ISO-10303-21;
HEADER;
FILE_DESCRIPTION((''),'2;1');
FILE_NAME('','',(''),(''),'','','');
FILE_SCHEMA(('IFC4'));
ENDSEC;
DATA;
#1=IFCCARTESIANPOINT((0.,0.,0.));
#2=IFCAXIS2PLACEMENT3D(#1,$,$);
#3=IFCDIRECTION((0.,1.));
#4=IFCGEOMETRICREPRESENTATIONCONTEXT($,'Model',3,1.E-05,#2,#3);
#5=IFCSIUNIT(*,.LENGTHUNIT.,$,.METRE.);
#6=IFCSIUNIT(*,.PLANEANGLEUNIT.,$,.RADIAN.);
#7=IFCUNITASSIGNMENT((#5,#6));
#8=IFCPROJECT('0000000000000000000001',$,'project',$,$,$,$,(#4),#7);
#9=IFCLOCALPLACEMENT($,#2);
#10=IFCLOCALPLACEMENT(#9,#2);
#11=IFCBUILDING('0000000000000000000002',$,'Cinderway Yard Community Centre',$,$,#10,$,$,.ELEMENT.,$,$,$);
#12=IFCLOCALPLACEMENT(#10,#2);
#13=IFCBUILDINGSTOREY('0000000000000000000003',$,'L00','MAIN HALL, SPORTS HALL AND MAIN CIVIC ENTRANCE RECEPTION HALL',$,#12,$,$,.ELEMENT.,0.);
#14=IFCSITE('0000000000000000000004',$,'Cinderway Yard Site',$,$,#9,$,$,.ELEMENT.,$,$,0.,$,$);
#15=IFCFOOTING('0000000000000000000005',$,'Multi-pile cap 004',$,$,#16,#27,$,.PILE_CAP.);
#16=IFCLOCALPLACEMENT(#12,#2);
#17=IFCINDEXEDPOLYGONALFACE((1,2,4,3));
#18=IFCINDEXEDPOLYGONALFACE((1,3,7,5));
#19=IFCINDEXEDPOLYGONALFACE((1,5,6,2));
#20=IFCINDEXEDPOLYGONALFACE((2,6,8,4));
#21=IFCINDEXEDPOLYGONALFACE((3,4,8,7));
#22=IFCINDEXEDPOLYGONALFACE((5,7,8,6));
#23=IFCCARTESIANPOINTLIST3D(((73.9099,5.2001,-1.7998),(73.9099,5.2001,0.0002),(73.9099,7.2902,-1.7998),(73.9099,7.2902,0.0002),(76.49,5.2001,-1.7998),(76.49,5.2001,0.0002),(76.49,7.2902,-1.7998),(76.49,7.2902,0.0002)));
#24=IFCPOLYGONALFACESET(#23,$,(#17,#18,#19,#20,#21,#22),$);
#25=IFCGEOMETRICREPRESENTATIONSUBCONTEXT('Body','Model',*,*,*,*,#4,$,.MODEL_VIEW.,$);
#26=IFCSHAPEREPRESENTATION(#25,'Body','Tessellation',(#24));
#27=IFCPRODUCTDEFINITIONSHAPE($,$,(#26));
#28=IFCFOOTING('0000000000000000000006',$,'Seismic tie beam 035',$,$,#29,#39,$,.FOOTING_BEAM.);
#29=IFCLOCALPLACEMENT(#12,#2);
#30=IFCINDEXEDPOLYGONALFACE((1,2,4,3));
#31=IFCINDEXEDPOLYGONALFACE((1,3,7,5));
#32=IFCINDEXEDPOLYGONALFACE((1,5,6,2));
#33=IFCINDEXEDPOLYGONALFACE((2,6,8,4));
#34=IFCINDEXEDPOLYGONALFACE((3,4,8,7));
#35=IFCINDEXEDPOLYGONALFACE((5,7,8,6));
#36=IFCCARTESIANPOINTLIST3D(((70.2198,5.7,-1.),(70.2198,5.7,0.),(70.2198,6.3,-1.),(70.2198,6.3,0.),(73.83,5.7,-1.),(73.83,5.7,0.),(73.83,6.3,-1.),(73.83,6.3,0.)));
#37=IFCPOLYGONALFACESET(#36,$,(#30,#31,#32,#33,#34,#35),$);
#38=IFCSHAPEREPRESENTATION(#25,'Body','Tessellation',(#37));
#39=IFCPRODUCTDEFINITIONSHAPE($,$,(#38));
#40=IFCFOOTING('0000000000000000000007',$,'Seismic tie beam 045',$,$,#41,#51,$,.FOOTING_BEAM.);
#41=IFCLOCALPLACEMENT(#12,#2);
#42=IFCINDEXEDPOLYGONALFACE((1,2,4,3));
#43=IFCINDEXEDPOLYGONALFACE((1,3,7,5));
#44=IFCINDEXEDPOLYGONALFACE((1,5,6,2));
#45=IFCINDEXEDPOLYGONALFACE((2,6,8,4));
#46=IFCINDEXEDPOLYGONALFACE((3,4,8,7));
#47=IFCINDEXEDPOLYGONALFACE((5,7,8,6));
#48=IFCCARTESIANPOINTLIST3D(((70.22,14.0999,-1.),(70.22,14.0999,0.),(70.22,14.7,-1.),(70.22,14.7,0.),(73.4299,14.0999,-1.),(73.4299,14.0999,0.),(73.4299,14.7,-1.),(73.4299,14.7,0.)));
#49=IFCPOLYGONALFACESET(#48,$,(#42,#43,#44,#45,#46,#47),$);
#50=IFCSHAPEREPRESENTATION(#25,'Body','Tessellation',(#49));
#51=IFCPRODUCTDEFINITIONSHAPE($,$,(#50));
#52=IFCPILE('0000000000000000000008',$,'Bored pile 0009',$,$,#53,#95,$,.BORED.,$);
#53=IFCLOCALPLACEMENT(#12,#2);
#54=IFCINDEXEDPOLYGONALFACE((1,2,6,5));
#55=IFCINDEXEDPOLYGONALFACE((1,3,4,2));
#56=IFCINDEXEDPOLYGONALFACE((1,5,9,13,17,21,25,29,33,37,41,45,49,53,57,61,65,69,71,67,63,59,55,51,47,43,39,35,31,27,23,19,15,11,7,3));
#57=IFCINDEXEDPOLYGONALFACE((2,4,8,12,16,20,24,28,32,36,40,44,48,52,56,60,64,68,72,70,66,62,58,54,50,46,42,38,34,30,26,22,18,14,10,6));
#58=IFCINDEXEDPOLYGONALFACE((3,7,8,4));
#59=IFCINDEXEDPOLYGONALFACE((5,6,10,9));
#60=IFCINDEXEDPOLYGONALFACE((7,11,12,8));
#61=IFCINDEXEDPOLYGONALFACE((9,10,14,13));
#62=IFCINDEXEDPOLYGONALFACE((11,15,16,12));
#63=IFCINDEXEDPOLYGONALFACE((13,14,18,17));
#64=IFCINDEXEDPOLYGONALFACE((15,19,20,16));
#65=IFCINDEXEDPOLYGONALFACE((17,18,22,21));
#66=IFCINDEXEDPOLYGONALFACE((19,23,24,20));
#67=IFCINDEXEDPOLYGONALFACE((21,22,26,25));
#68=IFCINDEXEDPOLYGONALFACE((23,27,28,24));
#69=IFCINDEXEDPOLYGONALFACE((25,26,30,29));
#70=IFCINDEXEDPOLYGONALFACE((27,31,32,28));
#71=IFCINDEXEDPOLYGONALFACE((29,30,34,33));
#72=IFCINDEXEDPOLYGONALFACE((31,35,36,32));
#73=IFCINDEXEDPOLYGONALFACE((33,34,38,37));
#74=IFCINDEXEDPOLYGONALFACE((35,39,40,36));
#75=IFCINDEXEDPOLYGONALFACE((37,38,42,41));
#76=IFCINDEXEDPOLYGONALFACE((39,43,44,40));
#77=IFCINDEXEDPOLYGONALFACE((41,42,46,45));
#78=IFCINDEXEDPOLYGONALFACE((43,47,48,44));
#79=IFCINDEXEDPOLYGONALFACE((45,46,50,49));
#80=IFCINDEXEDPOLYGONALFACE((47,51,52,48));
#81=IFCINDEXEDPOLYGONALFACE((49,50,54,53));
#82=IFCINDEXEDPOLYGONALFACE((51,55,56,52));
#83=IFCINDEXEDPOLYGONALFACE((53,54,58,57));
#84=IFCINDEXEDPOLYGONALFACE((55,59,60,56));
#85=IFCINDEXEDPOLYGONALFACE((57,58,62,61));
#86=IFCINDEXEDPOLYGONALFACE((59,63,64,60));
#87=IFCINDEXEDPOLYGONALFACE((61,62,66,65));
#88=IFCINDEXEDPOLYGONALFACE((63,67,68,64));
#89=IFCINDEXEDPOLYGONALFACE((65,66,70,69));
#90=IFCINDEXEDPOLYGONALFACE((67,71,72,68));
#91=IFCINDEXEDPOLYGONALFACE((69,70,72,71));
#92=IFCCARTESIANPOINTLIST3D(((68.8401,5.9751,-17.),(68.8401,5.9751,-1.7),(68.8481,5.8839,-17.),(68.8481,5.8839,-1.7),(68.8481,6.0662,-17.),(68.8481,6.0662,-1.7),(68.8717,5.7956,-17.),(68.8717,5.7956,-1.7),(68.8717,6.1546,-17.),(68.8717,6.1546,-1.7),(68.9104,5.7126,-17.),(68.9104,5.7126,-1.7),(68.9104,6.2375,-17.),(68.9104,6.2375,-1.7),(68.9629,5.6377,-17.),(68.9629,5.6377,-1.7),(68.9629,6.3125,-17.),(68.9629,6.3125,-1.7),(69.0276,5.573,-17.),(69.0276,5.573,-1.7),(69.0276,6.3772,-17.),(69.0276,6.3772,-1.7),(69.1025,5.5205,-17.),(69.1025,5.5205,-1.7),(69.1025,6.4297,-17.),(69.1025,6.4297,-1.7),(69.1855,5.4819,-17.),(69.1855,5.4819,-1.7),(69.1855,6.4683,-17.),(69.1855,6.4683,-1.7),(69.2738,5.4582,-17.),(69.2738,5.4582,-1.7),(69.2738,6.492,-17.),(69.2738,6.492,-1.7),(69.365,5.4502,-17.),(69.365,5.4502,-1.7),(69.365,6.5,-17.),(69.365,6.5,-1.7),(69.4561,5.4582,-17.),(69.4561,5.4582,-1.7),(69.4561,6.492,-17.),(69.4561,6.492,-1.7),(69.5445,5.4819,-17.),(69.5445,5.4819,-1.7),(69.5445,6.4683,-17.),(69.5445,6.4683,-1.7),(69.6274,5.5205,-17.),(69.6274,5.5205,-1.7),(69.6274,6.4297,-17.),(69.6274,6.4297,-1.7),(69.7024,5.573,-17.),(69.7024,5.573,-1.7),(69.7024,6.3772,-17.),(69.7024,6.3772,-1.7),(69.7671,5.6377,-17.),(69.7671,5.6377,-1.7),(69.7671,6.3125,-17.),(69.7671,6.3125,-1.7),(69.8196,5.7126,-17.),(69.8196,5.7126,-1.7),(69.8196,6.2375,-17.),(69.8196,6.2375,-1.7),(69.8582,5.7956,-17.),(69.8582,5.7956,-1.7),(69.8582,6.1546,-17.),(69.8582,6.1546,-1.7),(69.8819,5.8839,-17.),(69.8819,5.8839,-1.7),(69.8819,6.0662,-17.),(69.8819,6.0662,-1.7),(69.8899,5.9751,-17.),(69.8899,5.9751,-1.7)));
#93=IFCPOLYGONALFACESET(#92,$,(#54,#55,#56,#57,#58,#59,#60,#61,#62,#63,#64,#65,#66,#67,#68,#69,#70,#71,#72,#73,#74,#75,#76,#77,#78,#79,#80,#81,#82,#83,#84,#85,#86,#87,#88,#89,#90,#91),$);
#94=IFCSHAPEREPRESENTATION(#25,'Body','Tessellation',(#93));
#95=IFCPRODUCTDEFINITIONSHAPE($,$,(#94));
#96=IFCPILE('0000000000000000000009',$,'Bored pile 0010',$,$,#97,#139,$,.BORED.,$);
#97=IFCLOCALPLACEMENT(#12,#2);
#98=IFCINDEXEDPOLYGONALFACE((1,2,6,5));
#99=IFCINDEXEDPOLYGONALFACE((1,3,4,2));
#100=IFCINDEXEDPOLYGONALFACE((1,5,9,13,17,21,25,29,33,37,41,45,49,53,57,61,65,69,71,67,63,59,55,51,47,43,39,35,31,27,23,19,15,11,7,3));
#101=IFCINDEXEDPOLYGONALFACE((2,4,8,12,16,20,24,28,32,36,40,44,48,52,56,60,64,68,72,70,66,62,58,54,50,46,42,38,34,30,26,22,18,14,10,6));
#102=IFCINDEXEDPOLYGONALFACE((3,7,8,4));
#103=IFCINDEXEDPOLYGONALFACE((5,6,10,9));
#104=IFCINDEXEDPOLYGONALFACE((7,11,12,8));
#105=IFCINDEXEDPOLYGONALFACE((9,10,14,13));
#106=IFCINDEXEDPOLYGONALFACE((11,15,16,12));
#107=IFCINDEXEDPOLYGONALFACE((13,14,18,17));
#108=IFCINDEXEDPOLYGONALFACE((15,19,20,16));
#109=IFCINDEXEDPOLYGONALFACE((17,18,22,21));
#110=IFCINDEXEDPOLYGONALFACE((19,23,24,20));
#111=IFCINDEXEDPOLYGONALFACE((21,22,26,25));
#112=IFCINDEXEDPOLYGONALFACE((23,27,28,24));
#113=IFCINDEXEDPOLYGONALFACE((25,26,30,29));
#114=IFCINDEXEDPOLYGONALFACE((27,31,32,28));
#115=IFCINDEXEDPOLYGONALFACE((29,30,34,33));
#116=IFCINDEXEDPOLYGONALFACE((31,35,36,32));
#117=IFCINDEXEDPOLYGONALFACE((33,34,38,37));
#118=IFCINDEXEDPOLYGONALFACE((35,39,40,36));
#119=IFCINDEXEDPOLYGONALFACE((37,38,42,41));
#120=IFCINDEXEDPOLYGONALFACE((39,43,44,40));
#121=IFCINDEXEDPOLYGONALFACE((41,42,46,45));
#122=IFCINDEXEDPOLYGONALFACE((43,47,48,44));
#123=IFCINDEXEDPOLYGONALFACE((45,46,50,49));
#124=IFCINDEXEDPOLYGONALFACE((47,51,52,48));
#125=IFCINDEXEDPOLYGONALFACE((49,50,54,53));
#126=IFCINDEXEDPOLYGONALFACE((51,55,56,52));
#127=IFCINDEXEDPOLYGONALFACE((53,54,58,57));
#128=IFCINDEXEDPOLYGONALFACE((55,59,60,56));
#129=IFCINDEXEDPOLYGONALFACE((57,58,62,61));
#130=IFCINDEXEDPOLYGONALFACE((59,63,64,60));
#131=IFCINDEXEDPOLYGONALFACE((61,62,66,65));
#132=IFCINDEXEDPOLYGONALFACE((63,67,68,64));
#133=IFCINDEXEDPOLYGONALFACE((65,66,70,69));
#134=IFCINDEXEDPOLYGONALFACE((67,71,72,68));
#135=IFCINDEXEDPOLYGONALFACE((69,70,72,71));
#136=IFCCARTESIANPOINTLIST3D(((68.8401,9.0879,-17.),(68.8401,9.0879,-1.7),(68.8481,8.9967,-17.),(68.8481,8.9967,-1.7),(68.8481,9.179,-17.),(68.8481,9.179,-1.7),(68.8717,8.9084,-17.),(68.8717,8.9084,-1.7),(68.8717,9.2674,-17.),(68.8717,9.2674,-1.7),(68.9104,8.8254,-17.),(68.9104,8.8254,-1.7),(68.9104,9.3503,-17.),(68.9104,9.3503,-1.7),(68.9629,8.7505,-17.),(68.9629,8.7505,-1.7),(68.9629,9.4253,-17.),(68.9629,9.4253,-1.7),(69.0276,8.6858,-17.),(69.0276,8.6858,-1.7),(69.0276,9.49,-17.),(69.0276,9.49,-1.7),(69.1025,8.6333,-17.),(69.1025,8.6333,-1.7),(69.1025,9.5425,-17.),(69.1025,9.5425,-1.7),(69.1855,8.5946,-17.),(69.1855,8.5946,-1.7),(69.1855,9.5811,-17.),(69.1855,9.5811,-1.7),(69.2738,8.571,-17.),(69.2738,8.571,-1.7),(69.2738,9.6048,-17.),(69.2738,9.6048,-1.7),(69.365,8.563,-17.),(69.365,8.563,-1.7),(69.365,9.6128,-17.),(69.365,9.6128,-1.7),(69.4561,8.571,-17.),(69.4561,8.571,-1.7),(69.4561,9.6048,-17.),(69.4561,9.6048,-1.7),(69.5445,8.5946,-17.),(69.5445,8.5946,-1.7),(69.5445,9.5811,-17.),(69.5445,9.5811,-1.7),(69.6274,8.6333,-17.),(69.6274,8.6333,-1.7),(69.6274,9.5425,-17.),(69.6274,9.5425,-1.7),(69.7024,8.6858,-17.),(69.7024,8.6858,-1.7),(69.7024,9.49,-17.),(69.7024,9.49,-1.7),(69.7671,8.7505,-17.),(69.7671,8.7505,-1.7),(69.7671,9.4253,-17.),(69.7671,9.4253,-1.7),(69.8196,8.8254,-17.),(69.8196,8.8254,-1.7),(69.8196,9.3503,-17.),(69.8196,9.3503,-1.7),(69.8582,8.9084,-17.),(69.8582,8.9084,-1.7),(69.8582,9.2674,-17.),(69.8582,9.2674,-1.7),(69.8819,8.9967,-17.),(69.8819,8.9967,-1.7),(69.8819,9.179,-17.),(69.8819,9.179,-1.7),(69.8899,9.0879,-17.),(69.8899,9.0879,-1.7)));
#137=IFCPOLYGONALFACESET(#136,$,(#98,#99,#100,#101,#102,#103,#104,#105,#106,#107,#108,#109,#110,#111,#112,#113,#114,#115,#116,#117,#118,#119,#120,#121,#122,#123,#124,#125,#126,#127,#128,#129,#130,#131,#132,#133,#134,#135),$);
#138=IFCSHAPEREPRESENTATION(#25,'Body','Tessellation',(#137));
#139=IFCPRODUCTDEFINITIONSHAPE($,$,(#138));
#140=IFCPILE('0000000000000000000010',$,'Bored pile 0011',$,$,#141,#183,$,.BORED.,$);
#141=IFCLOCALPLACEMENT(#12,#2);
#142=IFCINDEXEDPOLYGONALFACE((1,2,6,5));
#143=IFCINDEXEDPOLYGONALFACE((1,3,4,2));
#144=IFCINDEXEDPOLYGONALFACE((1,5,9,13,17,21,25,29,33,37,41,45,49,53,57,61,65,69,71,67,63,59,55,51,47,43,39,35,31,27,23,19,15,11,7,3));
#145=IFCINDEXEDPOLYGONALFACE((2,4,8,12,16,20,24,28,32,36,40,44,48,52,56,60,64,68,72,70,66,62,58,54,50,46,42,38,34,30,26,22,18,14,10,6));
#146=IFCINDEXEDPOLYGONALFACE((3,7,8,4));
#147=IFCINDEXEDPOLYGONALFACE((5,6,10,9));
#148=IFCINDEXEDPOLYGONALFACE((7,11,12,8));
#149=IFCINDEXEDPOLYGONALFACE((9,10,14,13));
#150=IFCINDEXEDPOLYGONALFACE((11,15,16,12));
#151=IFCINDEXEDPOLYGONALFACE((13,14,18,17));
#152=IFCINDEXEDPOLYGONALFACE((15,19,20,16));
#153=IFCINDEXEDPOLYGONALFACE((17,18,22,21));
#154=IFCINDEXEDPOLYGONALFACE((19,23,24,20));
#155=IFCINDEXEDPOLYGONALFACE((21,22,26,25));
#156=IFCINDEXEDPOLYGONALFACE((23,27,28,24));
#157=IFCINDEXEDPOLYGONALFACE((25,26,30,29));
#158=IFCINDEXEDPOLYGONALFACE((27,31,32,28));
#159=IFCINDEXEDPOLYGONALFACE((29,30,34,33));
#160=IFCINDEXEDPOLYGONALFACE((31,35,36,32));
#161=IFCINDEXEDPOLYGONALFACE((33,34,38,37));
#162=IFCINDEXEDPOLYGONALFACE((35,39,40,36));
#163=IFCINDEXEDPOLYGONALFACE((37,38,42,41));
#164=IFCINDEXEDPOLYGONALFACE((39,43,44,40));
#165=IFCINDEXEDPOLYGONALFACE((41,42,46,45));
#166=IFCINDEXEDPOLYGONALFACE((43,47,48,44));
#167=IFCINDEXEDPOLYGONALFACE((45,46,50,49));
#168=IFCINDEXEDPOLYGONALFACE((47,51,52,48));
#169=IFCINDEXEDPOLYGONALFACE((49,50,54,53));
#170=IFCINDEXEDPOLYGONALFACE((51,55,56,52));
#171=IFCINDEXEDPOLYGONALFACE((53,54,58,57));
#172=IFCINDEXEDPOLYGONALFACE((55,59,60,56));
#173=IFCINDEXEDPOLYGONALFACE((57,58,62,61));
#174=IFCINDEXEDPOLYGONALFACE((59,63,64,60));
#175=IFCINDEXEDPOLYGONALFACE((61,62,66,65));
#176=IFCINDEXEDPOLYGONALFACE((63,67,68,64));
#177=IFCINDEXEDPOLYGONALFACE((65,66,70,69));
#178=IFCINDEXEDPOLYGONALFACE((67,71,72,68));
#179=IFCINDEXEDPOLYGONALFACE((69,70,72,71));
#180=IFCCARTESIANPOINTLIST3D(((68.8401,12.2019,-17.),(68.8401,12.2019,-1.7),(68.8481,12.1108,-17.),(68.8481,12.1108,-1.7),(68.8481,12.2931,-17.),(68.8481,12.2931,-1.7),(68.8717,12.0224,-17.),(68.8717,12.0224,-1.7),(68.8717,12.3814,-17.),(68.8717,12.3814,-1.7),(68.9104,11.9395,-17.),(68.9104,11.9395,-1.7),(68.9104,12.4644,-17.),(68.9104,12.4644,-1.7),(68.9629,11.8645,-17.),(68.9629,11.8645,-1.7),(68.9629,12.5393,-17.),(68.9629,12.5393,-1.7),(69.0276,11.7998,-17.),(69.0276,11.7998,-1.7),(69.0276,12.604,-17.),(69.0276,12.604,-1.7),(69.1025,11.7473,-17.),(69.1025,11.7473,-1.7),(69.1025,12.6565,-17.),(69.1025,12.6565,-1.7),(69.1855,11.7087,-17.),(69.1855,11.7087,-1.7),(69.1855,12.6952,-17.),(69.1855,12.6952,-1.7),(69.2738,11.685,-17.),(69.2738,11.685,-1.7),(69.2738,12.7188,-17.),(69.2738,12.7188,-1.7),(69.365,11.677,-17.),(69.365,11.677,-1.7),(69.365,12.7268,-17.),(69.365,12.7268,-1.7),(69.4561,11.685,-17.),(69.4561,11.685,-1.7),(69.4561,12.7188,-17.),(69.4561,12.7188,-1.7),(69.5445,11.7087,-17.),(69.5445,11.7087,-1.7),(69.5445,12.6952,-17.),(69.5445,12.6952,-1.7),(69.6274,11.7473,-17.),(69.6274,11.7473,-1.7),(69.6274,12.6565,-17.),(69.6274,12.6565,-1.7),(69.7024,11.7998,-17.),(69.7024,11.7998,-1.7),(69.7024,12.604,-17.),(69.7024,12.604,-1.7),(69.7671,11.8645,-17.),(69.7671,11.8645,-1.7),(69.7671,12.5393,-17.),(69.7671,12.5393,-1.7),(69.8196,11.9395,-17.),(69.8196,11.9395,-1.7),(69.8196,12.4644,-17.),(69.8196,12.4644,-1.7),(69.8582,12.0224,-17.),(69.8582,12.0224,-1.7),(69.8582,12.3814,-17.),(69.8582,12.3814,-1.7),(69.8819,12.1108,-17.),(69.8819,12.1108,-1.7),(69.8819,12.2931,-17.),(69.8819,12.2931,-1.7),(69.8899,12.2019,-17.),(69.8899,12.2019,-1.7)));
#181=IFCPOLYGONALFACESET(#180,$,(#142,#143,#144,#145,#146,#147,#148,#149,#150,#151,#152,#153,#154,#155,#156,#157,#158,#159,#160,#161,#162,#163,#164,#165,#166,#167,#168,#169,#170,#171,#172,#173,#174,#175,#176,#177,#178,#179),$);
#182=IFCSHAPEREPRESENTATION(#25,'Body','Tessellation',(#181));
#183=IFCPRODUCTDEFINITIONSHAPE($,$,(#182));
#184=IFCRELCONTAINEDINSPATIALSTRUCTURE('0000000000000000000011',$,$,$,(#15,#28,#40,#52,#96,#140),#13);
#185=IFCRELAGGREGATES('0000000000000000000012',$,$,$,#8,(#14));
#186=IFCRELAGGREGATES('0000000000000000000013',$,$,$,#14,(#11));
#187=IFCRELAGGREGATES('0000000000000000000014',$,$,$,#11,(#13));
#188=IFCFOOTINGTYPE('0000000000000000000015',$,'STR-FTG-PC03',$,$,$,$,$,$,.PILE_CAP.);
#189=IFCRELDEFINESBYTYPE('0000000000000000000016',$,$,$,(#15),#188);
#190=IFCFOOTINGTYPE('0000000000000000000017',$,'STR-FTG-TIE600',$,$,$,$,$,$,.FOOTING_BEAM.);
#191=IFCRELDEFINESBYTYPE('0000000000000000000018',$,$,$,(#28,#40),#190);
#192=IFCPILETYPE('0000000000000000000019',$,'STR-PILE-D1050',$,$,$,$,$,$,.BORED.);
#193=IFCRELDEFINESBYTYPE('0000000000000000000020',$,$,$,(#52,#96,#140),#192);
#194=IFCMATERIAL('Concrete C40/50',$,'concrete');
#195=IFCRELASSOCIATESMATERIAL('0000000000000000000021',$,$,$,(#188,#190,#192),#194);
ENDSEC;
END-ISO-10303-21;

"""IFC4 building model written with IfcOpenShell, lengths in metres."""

from ifc_helpers import new_model, si_unit, direction, frame, origin, origin_2d, place, context, subcontext, project, spatial, rectangle, circle, extrude, material, material_profile, profile_set, type_object, element, save


model = new_model("IFC4")

# Units and contexts
model_context = context("Model", 3, precision=1e-05, world=origin(), true_north=direction((0.0, 1.0)))
body_context = subcontext(model_context, "Body", "Model", "MODEL_VIEW")
ifc_project = project(units=[si_unit("LENGTHUNIT", "METRE"), si_unit("PLANEANGLEUNIT", "RADIAN")], contexts=[model_context])

# Site, building, storey
site_placement = place(None, origin())
site = spatial("IfcSite", under=ifc_project, at=site_placement, Name="Cinderway Yard Site", CompositionType="ELEMENT", RefElevation=0.0)
building_placement = place(site_placement, origin())
building = spatial("IfcBuilding", under=site, at=building_placement, Name="Cinderway Yard Community Centre", CompositionType="ELEMENT")
storey_placement = place(building_placement, origin())
storey = spatial("IfcBuildingStorey", under=building, at=storey_placement, Name="L00", Description="MAIN HALL, SPORTS HALL AND MAIN CIVIC ENTRANCE RECEPTION HALL", CompositionType="ELEMENT", Elevation=0.0)

# Footings
ifc_material_1 = material(Name="Concrete C40/50", Category="concrete")
footing_type_1 = type_object("IfcFootingType", Name="STR-FTG-PC03", PredefinedType="PILE_CAP", material=ifc_material_1)
footing_1_placement = place(storey_placement, frame((75.2, 6.2451, -1.7998), z_axis=(0.0, 0.0, 1.0), x_axis=(1.0, 0.0, 0.0)))
element("IfcFooting", 1, at=footing_1_placement, inside=storey, type_object=footing_type_1, Name="Multi-pile cap 004", PredefinedType="PILE_CAP", context=body_context, shape_type="SweptSolid", body=[
    extrude(rectangle(XDim=2.5801, YDim=2.0901, at=origin_2d()), origin(), (0.0, 0.0, 1.0), 1.8),
])
footing_type_2 = type_object("IfcFootingType", Name="STR-FTG-TIE600", PredefinedType="FOOTING_BEAM", material=ifc_material_1)
footing_2_placement = place(storey_placement, frame((72.0249, 6.0, -1.0), z_axis=(0.0, 0.0, 1.0), x_axis=(1.0, 0.0, 0.0)))
element("IfcFooting", 2, at=footing_2_placement, inside=storey, type_object=footing_type_2, Name="Seismic tie beam 035", PredefinedType="FOOTING_BEAM", context=body_context, shape_type="SweptSolid", body=[
    extrude(rectangle(XDim=3.6101, YDim=0.6001, at=origin_2d()), origin(), (0.0, 0.0, 1.0), 1.0),
])
footing_3_placement = place(storey_placement, frame((71.825, 14.3999, -1.0), z_axis=(0.0, 0.0, 1.0), x_axis=(1.0, 0.0, 0.0)))
element("IfcFooting", 3, at=footing_3_placement, inside=storey, type_object=footing_type_2, Name="Seismic tie beam 045", PredefinedType="FOOTING_BEAM", context=body_context, shape_type="SweptSolid", body=[
    extrude(rectangle(XDim=3.21, YDim=0.6001, at=origin_2d()), origin(), (0.0, 0.0, 1.0), 1.0),
])

# Piles
ifc_material_profile_1 = material_profile(ifc_material_1, circle(Radius=0.5249, at=origin_2d()), Name="Concrete C40/50")
ifc_profile_set_1 = profile_set([ifc_material_profile_1], Name="Concrete C40/50")
pile_type_1 = type_object("IfcPileType", Name="STR-PILE-D1050", PredefinedType="BORED", material=ifc_profile_set_1)
for number, where, z_axis, x_axis, name in (
    (4, (69.365, 5.9751, -1.7), (0.0, 0.0, -1.0), (1.0, 0.0, 0.0), "Bored pile 0009"),
    (5, (69.365, 9.0879, -1.7), (0.0, 0.0, -1.0), (1.0, 0.0, 0.0), "Bored pile 0010"),
    (6, (69.365, 12.2019, -1.7), (0.0, 0.0, -1.0), (1.0, 0.0, 0.0), "Bored pile 0011"),
):
    element("IfcPile", number, at=place(storey_placement, frame(where, z_axis=z_axis, x_axis=x_axis)), inside=storey, type_object=pile_type_1, Name=name, PredefinedType="BORED", context=body_context, shape_type="SweptSolid", body=[
        extrude(circle(Radius=0.5249, at=origin_2d()), origin(), (0.0, 0.0, 1.0), 15.3),
    ])

save(model, "model.ifc")
